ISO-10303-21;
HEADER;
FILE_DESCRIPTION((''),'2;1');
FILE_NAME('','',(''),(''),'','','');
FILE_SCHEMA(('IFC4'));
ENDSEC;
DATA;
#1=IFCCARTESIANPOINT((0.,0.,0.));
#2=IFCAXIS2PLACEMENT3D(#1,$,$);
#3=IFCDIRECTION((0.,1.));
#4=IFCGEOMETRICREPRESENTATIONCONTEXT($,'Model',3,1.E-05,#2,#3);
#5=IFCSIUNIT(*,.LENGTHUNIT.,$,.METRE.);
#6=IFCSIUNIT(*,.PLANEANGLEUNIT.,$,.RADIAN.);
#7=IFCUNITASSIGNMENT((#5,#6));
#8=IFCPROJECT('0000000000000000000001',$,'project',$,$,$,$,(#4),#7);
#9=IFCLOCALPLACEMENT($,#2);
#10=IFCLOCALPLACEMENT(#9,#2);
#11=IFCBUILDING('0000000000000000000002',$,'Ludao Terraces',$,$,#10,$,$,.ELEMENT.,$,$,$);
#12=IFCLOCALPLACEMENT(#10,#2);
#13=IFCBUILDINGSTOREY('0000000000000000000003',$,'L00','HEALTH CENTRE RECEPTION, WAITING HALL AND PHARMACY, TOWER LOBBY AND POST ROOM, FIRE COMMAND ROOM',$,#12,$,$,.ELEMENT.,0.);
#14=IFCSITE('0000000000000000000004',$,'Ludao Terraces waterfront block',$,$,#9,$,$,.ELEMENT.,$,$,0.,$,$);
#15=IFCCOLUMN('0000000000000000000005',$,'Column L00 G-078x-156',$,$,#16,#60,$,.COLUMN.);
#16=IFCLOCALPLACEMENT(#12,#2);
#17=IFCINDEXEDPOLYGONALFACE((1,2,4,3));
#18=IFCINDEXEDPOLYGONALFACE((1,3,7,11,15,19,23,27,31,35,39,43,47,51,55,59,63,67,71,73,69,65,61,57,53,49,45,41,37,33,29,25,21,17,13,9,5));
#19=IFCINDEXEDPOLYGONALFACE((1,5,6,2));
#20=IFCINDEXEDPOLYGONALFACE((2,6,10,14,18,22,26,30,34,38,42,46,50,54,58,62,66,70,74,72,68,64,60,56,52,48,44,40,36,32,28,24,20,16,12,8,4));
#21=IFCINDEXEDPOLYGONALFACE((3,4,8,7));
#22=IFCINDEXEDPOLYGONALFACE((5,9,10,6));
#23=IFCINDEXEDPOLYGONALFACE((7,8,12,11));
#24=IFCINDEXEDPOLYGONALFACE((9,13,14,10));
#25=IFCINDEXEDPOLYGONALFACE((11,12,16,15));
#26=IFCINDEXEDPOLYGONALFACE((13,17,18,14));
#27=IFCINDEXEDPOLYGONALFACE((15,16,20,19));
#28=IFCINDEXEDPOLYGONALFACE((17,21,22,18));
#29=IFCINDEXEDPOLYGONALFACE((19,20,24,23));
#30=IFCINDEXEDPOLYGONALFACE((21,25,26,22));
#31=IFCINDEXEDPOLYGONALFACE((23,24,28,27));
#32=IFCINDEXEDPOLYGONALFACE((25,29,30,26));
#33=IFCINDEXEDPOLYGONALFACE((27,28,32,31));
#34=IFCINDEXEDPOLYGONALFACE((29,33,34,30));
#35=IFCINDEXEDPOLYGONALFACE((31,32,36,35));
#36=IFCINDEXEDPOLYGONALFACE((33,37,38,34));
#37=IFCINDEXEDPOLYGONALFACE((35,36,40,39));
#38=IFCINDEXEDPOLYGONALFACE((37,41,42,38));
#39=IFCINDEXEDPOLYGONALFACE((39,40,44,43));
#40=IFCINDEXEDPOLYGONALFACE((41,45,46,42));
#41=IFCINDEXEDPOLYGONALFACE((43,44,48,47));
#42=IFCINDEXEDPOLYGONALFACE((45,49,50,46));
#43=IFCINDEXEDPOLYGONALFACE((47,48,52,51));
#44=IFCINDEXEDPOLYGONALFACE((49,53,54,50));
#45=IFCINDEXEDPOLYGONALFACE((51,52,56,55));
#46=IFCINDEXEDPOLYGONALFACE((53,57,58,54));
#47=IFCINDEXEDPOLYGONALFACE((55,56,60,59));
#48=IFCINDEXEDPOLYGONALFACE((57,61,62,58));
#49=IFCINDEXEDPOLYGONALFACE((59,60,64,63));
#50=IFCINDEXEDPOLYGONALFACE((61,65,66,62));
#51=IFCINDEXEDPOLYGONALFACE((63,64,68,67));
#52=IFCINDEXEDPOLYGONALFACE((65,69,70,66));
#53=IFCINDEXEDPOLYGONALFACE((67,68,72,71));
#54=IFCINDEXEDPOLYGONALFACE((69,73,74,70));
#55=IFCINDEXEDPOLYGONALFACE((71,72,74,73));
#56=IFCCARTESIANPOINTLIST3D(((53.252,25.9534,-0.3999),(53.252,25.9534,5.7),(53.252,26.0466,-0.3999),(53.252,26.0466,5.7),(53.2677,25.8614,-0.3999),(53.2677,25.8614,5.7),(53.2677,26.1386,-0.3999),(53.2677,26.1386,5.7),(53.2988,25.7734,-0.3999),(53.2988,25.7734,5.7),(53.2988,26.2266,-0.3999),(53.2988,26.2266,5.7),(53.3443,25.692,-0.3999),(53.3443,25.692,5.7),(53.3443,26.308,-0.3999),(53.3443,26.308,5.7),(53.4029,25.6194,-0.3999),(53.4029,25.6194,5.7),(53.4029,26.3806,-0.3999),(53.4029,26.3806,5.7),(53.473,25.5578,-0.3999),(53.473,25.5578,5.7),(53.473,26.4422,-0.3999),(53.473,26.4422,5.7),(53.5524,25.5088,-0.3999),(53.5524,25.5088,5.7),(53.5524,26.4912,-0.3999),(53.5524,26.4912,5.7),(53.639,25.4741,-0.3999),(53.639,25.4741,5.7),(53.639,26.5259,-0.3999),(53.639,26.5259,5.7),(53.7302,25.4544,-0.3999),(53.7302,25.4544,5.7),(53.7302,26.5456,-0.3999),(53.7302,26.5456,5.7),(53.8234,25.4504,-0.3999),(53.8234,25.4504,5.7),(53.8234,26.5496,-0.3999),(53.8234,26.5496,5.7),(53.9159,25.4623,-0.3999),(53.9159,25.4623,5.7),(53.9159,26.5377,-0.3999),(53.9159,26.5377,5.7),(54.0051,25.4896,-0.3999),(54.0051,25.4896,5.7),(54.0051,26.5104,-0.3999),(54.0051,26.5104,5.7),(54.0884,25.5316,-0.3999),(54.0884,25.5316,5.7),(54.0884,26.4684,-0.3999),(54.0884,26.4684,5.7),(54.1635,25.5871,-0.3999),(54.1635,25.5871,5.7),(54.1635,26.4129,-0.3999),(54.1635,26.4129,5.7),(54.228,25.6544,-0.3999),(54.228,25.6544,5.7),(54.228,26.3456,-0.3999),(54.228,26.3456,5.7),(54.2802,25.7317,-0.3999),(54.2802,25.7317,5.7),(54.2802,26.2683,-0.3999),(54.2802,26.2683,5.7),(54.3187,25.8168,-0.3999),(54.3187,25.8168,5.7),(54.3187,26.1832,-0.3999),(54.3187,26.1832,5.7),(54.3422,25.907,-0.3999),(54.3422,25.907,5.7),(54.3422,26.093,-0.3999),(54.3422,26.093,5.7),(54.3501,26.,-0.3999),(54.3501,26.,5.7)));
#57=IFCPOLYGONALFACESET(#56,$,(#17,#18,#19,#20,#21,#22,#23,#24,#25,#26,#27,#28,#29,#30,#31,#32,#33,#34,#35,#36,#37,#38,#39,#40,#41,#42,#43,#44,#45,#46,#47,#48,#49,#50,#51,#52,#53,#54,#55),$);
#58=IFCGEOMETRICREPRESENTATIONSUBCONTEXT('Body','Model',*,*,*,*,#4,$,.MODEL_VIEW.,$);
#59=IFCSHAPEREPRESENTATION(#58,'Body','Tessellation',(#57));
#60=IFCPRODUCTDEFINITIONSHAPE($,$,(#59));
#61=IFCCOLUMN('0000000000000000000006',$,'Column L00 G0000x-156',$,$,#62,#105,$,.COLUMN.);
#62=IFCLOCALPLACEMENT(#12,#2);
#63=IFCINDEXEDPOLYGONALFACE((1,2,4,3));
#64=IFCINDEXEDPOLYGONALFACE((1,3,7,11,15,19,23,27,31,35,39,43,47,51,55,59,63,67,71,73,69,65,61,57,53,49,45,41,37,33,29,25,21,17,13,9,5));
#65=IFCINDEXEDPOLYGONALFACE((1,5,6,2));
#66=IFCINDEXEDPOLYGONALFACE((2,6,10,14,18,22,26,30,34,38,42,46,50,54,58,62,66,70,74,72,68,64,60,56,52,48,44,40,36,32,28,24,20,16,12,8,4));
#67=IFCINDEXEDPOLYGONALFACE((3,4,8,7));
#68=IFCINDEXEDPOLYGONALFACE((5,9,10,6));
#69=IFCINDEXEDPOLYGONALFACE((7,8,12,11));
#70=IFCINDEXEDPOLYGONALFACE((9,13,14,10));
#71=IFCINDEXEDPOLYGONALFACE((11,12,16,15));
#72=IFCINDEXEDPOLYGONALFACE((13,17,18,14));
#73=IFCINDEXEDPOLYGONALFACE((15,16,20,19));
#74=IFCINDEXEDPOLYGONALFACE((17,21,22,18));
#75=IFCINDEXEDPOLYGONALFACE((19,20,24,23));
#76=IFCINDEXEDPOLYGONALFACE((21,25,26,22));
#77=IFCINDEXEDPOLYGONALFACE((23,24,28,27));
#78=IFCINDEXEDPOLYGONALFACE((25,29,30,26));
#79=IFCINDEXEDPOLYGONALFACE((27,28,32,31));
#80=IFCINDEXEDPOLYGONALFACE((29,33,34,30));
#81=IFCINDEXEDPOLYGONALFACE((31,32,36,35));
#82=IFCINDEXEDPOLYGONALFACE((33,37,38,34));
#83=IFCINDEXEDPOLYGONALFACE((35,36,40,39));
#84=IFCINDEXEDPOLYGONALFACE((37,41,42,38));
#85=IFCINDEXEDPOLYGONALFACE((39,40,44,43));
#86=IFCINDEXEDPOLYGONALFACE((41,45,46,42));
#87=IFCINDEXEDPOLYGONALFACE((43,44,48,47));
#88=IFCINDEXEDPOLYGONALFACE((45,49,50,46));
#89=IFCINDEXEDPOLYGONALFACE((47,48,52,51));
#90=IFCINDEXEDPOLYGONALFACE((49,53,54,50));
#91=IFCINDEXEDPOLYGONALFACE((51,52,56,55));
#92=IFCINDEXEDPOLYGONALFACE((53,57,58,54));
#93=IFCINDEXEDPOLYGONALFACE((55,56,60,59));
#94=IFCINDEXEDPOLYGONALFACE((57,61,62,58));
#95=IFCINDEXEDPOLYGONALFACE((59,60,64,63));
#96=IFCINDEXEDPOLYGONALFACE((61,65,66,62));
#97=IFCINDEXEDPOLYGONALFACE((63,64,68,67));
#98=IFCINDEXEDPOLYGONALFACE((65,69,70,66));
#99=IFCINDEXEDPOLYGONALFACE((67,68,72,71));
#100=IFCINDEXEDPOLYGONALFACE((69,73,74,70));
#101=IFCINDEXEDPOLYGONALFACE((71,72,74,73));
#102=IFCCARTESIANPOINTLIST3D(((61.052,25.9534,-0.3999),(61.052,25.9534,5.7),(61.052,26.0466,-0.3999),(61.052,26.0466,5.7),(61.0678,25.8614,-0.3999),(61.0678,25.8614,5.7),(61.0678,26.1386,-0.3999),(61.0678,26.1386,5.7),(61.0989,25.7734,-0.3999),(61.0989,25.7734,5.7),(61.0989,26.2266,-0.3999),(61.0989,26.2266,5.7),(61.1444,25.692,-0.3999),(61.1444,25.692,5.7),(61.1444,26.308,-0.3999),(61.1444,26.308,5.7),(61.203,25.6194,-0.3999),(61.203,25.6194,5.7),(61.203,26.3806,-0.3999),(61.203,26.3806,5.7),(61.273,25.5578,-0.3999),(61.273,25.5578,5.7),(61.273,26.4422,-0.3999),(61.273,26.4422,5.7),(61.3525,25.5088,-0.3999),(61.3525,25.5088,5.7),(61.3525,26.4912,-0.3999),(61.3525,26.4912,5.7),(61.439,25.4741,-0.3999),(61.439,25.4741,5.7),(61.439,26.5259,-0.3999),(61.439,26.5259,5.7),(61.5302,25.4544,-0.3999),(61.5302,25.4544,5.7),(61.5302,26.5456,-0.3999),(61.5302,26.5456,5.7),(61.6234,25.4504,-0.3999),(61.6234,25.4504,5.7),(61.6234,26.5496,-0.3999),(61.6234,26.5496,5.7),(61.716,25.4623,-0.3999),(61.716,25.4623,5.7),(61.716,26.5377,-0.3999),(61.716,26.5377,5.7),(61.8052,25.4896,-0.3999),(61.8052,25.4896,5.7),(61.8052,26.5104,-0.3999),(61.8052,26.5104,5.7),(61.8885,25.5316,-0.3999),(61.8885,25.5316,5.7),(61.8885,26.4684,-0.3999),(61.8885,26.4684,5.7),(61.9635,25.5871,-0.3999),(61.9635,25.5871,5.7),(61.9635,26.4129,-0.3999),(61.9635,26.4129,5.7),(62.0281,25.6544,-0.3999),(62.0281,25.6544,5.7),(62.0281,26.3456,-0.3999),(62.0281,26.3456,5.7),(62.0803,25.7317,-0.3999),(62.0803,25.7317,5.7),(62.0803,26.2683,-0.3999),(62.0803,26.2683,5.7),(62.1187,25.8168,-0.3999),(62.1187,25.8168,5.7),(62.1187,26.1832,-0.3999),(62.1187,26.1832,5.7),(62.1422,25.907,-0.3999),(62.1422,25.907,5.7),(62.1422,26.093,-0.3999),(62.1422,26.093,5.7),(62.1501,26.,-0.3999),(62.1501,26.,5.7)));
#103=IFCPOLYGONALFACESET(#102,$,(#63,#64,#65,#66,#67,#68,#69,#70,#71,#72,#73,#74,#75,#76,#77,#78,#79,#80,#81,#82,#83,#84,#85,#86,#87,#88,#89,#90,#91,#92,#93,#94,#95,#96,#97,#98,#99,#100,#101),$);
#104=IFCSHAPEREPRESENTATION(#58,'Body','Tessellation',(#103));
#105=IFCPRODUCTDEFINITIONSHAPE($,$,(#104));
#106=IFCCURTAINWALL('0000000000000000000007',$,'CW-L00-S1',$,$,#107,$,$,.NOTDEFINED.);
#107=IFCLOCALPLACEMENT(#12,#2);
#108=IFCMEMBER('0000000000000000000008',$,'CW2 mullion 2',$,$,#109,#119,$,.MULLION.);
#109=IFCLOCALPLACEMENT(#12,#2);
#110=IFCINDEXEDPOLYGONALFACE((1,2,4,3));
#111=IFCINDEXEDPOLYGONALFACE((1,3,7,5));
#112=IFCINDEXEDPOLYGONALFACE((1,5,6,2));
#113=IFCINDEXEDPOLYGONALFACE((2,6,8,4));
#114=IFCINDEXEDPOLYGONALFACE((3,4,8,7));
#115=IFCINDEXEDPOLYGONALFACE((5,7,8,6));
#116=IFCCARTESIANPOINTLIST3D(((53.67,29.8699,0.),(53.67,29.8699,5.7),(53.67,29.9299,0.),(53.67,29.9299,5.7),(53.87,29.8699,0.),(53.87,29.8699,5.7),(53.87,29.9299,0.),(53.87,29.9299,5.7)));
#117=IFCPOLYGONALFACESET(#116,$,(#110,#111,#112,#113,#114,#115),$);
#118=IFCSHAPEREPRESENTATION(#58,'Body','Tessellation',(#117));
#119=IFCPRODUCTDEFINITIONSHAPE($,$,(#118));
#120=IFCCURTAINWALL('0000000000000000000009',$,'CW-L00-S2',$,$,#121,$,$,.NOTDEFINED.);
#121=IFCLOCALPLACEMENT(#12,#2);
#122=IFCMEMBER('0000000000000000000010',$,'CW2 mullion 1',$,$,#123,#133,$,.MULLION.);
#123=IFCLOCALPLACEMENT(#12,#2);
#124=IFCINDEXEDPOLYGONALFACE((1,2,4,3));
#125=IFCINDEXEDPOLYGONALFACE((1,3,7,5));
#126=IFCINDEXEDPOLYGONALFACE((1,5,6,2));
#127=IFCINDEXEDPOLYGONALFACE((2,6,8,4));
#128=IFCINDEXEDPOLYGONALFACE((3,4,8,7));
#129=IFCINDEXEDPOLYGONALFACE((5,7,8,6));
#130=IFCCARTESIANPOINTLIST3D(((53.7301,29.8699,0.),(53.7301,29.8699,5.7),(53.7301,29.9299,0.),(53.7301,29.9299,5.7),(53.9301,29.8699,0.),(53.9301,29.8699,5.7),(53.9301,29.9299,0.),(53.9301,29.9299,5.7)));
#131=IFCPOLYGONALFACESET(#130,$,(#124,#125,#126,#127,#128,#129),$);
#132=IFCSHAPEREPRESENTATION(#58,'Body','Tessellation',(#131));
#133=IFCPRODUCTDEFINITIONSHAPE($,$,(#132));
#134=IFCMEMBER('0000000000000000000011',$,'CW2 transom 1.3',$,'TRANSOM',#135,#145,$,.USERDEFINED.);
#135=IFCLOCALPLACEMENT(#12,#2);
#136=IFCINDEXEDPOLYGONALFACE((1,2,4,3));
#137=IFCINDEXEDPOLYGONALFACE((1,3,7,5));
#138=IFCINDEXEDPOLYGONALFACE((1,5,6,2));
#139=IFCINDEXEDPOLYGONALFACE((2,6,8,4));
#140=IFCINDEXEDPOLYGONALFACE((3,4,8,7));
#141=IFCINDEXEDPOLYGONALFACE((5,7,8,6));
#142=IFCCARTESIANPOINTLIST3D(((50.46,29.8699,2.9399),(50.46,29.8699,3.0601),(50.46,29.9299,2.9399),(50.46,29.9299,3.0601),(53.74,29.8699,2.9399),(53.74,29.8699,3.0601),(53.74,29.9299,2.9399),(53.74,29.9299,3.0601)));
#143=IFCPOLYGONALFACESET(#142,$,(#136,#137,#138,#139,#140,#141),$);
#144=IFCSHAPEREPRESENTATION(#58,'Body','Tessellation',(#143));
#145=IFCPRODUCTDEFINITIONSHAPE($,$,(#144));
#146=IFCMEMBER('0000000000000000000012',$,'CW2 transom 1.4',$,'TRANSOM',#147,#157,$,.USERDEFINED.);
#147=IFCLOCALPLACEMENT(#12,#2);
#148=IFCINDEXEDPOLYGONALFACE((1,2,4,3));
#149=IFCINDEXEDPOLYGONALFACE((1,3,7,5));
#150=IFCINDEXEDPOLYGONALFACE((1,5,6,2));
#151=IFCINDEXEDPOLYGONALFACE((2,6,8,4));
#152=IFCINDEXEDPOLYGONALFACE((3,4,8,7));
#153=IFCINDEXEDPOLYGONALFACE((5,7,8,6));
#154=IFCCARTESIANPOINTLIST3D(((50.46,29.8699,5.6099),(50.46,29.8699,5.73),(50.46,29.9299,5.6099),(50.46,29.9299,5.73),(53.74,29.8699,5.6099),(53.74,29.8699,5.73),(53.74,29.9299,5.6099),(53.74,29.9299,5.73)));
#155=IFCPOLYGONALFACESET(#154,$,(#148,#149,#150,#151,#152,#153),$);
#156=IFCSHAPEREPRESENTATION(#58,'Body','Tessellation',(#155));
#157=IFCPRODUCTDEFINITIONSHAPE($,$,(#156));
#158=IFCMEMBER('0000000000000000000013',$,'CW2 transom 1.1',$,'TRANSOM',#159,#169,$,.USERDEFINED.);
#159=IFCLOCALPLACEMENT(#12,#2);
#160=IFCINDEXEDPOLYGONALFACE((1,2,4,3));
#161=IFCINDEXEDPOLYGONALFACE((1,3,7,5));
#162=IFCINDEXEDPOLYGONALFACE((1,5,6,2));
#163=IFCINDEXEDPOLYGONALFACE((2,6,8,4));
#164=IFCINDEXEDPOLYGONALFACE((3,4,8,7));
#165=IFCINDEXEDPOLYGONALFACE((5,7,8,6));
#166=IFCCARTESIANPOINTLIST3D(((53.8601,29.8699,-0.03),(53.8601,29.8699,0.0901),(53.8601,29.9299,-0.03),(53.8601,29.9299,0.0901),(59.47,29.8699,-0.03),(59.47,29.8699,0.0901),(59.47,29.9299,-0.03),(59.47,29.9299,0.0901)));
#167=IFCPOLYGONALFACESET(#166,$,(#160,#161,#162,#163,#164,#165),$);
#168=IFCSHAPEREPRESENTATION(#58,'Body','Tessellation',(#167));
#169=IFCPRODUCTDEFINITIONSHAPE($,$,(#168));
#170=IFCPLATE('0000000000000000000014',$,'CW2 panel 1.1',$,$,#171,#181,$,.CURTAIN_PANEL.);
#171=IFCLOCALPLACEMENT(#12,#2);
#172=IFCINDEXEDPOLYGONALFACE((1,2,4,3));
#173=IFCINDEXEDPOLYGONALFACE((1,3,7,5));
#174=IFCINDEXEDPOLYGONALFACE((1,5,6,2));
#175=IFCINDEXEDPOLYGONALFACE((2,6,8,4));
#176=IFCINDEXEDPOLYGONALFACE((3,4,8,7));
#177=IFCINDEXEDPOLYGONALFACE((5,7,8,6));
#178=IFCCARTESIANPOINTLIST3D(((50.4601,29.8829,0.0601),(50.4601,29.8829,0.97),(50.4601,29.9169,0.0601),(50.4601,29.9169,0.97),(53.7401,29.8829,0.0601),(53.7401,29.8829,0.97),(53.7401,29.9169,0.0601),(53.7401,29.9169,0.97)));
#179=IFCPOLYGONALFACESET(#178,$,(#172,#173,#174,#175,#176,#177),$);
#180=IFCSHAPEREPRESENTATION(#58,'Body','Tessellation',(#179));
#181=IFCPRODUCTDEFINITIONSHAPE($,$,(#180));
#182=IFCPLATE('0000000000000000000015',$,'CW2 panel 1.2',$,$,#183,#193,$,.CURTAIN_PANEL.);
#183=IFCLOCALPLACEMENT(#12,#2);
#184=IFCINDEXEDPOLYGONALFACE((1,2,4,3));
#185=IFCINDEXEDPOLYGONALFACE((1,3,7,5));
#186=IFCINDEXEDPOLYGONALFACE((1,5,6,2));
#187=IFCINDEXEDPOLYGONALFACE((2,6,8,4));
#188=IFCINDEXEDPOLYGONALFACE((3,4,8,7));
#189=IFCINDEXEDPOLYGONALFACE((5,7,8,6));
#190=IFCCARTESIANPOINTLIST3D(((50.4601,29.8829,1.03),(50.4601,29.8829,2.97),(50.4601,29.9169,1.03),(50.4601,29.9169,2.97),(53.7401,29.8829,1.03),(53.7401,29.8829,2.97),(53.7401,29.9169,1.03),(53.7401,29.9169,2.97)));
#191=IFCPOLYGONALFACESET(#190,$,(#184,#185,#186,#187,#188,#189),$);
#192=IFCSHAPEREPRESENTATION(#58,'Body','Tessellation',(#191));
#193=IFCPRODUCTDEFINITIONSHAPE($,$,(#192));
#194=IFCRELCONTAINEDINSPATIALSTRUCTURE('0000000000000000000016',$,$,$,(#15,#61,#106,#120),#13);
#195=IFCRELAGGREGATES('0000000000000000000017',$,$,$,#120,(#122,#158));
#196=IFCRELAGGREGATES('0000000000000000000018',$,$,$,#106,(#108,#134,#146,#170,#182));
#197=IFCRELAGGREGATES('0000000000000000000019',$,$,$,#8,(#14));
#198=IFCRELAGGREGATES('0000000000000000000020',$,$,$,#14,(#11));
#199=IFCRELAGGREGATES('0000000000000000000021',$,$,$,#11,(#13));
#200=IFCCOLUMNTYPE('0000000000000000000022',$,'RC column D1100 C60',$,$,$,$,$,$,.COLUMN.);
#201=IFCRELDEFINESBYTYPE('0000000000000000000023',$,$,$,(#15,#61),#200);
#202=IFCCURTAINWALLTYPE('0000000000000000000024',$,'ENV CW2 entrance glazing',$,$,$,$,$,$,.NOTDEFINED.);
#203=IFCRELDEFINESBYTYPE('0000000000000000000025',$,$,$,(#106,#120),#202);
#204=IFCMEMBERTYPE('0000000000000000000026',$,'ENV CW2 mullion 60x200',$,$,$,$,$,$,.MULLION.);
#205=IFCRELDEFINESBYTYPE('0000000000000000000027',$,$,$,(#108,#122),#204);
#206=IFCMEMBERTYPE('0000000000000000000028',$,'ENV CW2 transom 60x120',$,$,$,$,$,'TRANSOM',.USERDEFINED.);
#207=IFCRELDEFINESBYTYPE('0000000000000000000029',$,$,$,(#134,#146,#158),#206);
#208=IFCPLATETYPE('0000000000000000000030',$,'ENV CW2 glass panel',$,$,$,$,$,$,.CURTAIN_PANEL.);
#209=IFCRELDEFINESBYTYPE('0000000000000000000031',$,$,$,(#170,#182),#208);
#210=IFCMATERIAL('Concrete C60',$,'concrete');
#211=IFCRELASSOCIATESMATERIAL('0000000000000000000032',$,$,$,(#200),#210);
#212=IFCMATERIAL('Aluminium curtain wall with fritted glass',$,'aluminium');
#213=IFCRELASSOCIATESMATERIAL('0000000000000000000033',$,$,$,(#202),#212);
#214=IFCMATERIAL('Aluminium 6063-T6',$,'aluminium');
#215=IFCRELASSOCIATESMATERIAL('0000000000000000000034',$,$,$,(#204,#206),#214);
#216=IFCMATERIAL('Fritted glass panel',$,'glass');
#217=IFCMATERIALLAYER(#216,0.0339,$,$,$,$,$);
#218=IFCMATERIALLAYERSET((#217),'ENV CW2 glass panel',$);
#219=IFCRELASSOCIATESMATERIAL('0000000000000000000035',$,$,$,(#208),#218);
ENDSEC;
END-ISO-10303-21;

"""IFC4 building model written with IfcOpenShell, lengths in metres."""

from ifc_helpers import new_model, si_unit, direction, frame, origin, origin_2d, place, context, subcontext, project, spatial, rectangle, circle, extrude, material, layer, layer_set, material_profile, profile_set, type_object, element, aggregate, save


model = new_model("IFC4")

# Units and contexts
model_context = context("Model", 3, precision=1e-05, world=origin(), true_north=direction((0.0, 1.0)))
body_context = subcontext(model_context, "Body", "Model", "MODEL_VIEW")
ifc_project = project(units=[si_unit("LENGTHUNIT", "METRE"), si_unit("PLANEANGLEUNIT", "RADIAN")], contexts=[model_context])

# Site, building, storey
site_placement = place(None, origin())
site = spatial("IfcSite", under=ifc_project, at=site_placement, Name="Ludao Terraces waterfront block", CompositionType="ELEMENT", RefElevation=0.0)
building_placement = place(site_placement, origin())
building = spatial("IfcBuilding", under=site, at=building_placement, Name="Ludao Terraces", CompositionType="ELEMENT")
storey_placement = place(building_placement, origin())
storey = spatial("IfcBuildingStorey", under=building, at=storey_placement, Name="L00", Description="HEALTH CENTRE RECEPTION, WAITING HALL AND PHARMACY, TOWER LOBBY AND POST ROOM, FIRE COMMAND ROOM", CompositionType="ELEMENT", Elevation=0.0)

# Columns
ifc_material_1 = material(Name="Concrete C60", Category="concrete")
ifc_material_profile_1 = material_profile(ifc_material_1, circle(Radius=0.55, at=origin_2d()), Name="D1100")
ifc_profile_set_1 = profile_set([ifc_material_profile_1], Name="Concrete C60")
column_type = type_object("IfcColumnType", Name="RC column D1100 C60", PredefinedType="COLUMN", material=ifc_profile_set_1)
for number, where, z_axis, x_axis, name in (
    (1, (53.8, 26.0, -0.3999), (0.0, 0.0, 1.0), (1.0, 0.0, 0.0), "Column L00 G-078x-156"),
    (2, (61.6001, 26.0, -0.3999), (0.0, 0.0, 1.0), (1.0, 0.0, 0.0), "Column L00 G0000x-156"),
):
    element("IfcColumn", number, at=place(storey_placement, frame(where, z_axis=z_axis, x_axis=x_axis)), inside=storey, type_object=column_type, Name=name, PredefinedType="COLUMN", context=body_context, shape_type="SweptSolid", body=[
        extrude(circle(Radius=0.55, at=origin_2d()), origin(), (0.0, 0.0, 1.0), 6.0999),
    ])

# Curtain walls, members
ifc_material_2 = material(Name="Aluminium curtain wall with fritted glass", Category="aluminium")
curtain_wall_type = type_object("IfcCurtainWallType", Name="ENV CW2 entrance glazing", PredefinedType="NOTDEFINED", material=ifc_material_2)
curtain_wall_1_placement = place(storey_placement, origin())
curtain_wall_1 = element("IfcCurtainWall", 3, at=curtain_wall_1_placement, inside=storey, type_object=curtain_wall_type, Name="CW-L00-S1", PredefinedType="NOTDEFINED")
ifc_material_3 = material(Name="Aluminium 6063-T6", Category="aluminium")
ifc_material_profile_2 = material_profile(ifc_material_3, rectangle(XDim=0.0601, YDim=0.2, at=origin_2d()), Name="60 X 200")
ifc_profile_set_2 = profile_set([ifc_material_profile_2], Name="Aluminium 6063-T6")
member_type_1 = type_object("IfcMemberType", Name="ENV CW2 mullion 60x200", PredefinedType="MULLION", material=ifc_profile_set_2)
member_1_placement = place(storey_placement, frame((53.77, 29.8999, 0.0), z_axis=(0.0, 0.0, 1.0), x_axis=(0.0, 1.0, 0.0)))
member_1 = element("IfcMember", 4, at=member_1_placement, type_object=member_type_1, Name="CW2 mullion 2", PredefinedType="MULLION", context=body_context, shape_type="SweptSolid", body=[
    extrude(rectangle(XDim=0.0601, YDim=0.2, at=origin_2d()), origin(), (0.0, 0.0, 1.0), 5.7),
])
curtain_wall_2_placement = place(storey_placement, origin())
curtain_wall_2 = element("IfcCurtainWall", 5, at=curtain_wall_2_placement, inside=storey, type_object=curtain_wall_type, Name="CW-L00-S2", PredefinedType="NOTDEFINED")
member_2_placement = place(storey_placement, frame((53.8301, 29.8999, 0.0), z_axis=(0.0, 0.0, 1.0), x_axis=(0.0, 1.0, 0.0)))
member_2 = element("IfcMember", 6, at=member_2_placement, type_object=member_type_1, Name="CW2 mullion 1", PredefinedType="MULLION", context=body_context, shape_type="SweptSolid", body=[
    extrude(rectangle(XDim=0.0601, YDim=0.2, at=origin_2d()), origin(), (0.0, 0.0, 1.0), 5.7),
])

# Members
ifc_material_profile_3 = material_profile(ifc_material_3, rectangle(XDim=0.0601, YDim=0.1201, at=origin_2d()), Name="60 X 120")
ifc_profile_set_3 = profile_set([ifc_material_profile_3], Name="Aluminium 6063-T6")
member_type_2 = type_object("IfcMemberType", Name="ENV CW2 transom 60x120", ElementType="TRANSOM", PredefinedType="USERDEFINED", material=ifc_profile_set_3)
member_3_placement = place(storey_placement, frame((50.46, 29.8999, 3.0), z_axis=(1.0, 0.0, 0.0), x_axis=(0.0, 1.0, 0.0)))
member_3 = element("IfcMember", 7, at=member_3_placement, type_object=member_type_2, Name="CW2 transom 1.3", ObjectType="TRANSOM", PredefinedType="USERDEFINED", context=body_context, shape_type="SweptSolid", body=[
    extrude(rectangle(XDim=0.0601, YDim=0.1201, at=origin_2d()), origin(), (0.0, 0.0, 1.0), 3.28),
])
member_4_placement = place(storey_placement, frame((50.46, 29.8999, 5.6699), z_axis=(1.0, 0.0, 0.0), x_axis=(0.0, 1.0, 0.0)))
member_4 = element("IfcMember", 8, at=member_4_placement, type_object=member_type_2, Name="CW2 transom 1.4", ObjectType="TRANSOM", PredefinedType="USERDEFINED", context=body_context, shape_type="SweptSolid", body=[
    extrude(rectangle(XDim=0.0601, YDim=0.1201, at=origin_2d()), origin(), (0.0, 0.0, 1.0), 3.28),
])
member_5_placement = place(storey_placement, frame((53.8601, 29.8999, 0.03), z_axis=(1.0, 0.0, 0.0), x_axis=(0.0, 1.0, 0.0)))
member_5 = element("IfcMember", 9, at=member_5_placement, type_object=member_type_2, Name="CW2 transom 1.1", ObjectType="TRANSOM", PredefinedType="USERDEFINED", context=body_context, shape_type="SweptSolid", body=[
    extrude(rectangle(XDim=0.0601, YDim=0.1201, at=origin_2d()), origin(), (0.0, 0.0, 1.0), 5.6099),
])
aggregate(curtain_wall_2, [member_2, member_5])

# Plates
ifc_material_4 = material(Name="Fritted glass panel", Category="glass")
ifc_layer_1 = layer(ifc_material_4, 0.0339)
ifc_layer_set_1 = layer_set([ifc_layer_1], Name="ENV CW2 glass panel")
plate_type = type_object("IfcPlateType", Name="ENV CW2 glass panel", PredefinedType="CURTAIN_PANEL", material=ifc_layer_set_1)
plate_1_placement = place(storey_placement, frame((52.1001, 29.8999, 0.0601), z_axis=(0.0, 0.0, 1.0), x_axis=(1.0, 0.0, 0.0)))
plate_1 = element("IfcPlate", 10, at=plate_1_placement, type_object=plate_type, Name="CW2 panel 1.1", PredefinedType="CURTAIN_PANEL", context=body_context, shape_type="SweptSolid", body=[
    extrude(rectangle(XDim=3.28, YDim=0.0339, at=origin_2d()), origin(), (0.0, 0.0, 1.0), 0.9099),
])
plate_2_placement = place(storey_placement, frame((52.1001, 29.8999, 1.03), z_axis=(0.0, 0.0, 1.0), x_axis=(1.0, 0.0, 0.0)))
plate_2 = element("IfcPlate", 11, at=plate_2_placement, type_object=plate_type, Name="CW2 panel 1.2", PredefinedType="CURTAIN_PANEL", context=body_context, shape_type="SweptSolid", body=[
    extrude(rectangle(XDim=3.28, YDim=0.0339, at=origin_2d()), origin(), (0.0, 0.0, 1.0), 1.9399),
])
aggregate(curtain_wall_1, [member_1, member_3, member_4, plate_1, plate_2])

save(model, "model.ifc")
